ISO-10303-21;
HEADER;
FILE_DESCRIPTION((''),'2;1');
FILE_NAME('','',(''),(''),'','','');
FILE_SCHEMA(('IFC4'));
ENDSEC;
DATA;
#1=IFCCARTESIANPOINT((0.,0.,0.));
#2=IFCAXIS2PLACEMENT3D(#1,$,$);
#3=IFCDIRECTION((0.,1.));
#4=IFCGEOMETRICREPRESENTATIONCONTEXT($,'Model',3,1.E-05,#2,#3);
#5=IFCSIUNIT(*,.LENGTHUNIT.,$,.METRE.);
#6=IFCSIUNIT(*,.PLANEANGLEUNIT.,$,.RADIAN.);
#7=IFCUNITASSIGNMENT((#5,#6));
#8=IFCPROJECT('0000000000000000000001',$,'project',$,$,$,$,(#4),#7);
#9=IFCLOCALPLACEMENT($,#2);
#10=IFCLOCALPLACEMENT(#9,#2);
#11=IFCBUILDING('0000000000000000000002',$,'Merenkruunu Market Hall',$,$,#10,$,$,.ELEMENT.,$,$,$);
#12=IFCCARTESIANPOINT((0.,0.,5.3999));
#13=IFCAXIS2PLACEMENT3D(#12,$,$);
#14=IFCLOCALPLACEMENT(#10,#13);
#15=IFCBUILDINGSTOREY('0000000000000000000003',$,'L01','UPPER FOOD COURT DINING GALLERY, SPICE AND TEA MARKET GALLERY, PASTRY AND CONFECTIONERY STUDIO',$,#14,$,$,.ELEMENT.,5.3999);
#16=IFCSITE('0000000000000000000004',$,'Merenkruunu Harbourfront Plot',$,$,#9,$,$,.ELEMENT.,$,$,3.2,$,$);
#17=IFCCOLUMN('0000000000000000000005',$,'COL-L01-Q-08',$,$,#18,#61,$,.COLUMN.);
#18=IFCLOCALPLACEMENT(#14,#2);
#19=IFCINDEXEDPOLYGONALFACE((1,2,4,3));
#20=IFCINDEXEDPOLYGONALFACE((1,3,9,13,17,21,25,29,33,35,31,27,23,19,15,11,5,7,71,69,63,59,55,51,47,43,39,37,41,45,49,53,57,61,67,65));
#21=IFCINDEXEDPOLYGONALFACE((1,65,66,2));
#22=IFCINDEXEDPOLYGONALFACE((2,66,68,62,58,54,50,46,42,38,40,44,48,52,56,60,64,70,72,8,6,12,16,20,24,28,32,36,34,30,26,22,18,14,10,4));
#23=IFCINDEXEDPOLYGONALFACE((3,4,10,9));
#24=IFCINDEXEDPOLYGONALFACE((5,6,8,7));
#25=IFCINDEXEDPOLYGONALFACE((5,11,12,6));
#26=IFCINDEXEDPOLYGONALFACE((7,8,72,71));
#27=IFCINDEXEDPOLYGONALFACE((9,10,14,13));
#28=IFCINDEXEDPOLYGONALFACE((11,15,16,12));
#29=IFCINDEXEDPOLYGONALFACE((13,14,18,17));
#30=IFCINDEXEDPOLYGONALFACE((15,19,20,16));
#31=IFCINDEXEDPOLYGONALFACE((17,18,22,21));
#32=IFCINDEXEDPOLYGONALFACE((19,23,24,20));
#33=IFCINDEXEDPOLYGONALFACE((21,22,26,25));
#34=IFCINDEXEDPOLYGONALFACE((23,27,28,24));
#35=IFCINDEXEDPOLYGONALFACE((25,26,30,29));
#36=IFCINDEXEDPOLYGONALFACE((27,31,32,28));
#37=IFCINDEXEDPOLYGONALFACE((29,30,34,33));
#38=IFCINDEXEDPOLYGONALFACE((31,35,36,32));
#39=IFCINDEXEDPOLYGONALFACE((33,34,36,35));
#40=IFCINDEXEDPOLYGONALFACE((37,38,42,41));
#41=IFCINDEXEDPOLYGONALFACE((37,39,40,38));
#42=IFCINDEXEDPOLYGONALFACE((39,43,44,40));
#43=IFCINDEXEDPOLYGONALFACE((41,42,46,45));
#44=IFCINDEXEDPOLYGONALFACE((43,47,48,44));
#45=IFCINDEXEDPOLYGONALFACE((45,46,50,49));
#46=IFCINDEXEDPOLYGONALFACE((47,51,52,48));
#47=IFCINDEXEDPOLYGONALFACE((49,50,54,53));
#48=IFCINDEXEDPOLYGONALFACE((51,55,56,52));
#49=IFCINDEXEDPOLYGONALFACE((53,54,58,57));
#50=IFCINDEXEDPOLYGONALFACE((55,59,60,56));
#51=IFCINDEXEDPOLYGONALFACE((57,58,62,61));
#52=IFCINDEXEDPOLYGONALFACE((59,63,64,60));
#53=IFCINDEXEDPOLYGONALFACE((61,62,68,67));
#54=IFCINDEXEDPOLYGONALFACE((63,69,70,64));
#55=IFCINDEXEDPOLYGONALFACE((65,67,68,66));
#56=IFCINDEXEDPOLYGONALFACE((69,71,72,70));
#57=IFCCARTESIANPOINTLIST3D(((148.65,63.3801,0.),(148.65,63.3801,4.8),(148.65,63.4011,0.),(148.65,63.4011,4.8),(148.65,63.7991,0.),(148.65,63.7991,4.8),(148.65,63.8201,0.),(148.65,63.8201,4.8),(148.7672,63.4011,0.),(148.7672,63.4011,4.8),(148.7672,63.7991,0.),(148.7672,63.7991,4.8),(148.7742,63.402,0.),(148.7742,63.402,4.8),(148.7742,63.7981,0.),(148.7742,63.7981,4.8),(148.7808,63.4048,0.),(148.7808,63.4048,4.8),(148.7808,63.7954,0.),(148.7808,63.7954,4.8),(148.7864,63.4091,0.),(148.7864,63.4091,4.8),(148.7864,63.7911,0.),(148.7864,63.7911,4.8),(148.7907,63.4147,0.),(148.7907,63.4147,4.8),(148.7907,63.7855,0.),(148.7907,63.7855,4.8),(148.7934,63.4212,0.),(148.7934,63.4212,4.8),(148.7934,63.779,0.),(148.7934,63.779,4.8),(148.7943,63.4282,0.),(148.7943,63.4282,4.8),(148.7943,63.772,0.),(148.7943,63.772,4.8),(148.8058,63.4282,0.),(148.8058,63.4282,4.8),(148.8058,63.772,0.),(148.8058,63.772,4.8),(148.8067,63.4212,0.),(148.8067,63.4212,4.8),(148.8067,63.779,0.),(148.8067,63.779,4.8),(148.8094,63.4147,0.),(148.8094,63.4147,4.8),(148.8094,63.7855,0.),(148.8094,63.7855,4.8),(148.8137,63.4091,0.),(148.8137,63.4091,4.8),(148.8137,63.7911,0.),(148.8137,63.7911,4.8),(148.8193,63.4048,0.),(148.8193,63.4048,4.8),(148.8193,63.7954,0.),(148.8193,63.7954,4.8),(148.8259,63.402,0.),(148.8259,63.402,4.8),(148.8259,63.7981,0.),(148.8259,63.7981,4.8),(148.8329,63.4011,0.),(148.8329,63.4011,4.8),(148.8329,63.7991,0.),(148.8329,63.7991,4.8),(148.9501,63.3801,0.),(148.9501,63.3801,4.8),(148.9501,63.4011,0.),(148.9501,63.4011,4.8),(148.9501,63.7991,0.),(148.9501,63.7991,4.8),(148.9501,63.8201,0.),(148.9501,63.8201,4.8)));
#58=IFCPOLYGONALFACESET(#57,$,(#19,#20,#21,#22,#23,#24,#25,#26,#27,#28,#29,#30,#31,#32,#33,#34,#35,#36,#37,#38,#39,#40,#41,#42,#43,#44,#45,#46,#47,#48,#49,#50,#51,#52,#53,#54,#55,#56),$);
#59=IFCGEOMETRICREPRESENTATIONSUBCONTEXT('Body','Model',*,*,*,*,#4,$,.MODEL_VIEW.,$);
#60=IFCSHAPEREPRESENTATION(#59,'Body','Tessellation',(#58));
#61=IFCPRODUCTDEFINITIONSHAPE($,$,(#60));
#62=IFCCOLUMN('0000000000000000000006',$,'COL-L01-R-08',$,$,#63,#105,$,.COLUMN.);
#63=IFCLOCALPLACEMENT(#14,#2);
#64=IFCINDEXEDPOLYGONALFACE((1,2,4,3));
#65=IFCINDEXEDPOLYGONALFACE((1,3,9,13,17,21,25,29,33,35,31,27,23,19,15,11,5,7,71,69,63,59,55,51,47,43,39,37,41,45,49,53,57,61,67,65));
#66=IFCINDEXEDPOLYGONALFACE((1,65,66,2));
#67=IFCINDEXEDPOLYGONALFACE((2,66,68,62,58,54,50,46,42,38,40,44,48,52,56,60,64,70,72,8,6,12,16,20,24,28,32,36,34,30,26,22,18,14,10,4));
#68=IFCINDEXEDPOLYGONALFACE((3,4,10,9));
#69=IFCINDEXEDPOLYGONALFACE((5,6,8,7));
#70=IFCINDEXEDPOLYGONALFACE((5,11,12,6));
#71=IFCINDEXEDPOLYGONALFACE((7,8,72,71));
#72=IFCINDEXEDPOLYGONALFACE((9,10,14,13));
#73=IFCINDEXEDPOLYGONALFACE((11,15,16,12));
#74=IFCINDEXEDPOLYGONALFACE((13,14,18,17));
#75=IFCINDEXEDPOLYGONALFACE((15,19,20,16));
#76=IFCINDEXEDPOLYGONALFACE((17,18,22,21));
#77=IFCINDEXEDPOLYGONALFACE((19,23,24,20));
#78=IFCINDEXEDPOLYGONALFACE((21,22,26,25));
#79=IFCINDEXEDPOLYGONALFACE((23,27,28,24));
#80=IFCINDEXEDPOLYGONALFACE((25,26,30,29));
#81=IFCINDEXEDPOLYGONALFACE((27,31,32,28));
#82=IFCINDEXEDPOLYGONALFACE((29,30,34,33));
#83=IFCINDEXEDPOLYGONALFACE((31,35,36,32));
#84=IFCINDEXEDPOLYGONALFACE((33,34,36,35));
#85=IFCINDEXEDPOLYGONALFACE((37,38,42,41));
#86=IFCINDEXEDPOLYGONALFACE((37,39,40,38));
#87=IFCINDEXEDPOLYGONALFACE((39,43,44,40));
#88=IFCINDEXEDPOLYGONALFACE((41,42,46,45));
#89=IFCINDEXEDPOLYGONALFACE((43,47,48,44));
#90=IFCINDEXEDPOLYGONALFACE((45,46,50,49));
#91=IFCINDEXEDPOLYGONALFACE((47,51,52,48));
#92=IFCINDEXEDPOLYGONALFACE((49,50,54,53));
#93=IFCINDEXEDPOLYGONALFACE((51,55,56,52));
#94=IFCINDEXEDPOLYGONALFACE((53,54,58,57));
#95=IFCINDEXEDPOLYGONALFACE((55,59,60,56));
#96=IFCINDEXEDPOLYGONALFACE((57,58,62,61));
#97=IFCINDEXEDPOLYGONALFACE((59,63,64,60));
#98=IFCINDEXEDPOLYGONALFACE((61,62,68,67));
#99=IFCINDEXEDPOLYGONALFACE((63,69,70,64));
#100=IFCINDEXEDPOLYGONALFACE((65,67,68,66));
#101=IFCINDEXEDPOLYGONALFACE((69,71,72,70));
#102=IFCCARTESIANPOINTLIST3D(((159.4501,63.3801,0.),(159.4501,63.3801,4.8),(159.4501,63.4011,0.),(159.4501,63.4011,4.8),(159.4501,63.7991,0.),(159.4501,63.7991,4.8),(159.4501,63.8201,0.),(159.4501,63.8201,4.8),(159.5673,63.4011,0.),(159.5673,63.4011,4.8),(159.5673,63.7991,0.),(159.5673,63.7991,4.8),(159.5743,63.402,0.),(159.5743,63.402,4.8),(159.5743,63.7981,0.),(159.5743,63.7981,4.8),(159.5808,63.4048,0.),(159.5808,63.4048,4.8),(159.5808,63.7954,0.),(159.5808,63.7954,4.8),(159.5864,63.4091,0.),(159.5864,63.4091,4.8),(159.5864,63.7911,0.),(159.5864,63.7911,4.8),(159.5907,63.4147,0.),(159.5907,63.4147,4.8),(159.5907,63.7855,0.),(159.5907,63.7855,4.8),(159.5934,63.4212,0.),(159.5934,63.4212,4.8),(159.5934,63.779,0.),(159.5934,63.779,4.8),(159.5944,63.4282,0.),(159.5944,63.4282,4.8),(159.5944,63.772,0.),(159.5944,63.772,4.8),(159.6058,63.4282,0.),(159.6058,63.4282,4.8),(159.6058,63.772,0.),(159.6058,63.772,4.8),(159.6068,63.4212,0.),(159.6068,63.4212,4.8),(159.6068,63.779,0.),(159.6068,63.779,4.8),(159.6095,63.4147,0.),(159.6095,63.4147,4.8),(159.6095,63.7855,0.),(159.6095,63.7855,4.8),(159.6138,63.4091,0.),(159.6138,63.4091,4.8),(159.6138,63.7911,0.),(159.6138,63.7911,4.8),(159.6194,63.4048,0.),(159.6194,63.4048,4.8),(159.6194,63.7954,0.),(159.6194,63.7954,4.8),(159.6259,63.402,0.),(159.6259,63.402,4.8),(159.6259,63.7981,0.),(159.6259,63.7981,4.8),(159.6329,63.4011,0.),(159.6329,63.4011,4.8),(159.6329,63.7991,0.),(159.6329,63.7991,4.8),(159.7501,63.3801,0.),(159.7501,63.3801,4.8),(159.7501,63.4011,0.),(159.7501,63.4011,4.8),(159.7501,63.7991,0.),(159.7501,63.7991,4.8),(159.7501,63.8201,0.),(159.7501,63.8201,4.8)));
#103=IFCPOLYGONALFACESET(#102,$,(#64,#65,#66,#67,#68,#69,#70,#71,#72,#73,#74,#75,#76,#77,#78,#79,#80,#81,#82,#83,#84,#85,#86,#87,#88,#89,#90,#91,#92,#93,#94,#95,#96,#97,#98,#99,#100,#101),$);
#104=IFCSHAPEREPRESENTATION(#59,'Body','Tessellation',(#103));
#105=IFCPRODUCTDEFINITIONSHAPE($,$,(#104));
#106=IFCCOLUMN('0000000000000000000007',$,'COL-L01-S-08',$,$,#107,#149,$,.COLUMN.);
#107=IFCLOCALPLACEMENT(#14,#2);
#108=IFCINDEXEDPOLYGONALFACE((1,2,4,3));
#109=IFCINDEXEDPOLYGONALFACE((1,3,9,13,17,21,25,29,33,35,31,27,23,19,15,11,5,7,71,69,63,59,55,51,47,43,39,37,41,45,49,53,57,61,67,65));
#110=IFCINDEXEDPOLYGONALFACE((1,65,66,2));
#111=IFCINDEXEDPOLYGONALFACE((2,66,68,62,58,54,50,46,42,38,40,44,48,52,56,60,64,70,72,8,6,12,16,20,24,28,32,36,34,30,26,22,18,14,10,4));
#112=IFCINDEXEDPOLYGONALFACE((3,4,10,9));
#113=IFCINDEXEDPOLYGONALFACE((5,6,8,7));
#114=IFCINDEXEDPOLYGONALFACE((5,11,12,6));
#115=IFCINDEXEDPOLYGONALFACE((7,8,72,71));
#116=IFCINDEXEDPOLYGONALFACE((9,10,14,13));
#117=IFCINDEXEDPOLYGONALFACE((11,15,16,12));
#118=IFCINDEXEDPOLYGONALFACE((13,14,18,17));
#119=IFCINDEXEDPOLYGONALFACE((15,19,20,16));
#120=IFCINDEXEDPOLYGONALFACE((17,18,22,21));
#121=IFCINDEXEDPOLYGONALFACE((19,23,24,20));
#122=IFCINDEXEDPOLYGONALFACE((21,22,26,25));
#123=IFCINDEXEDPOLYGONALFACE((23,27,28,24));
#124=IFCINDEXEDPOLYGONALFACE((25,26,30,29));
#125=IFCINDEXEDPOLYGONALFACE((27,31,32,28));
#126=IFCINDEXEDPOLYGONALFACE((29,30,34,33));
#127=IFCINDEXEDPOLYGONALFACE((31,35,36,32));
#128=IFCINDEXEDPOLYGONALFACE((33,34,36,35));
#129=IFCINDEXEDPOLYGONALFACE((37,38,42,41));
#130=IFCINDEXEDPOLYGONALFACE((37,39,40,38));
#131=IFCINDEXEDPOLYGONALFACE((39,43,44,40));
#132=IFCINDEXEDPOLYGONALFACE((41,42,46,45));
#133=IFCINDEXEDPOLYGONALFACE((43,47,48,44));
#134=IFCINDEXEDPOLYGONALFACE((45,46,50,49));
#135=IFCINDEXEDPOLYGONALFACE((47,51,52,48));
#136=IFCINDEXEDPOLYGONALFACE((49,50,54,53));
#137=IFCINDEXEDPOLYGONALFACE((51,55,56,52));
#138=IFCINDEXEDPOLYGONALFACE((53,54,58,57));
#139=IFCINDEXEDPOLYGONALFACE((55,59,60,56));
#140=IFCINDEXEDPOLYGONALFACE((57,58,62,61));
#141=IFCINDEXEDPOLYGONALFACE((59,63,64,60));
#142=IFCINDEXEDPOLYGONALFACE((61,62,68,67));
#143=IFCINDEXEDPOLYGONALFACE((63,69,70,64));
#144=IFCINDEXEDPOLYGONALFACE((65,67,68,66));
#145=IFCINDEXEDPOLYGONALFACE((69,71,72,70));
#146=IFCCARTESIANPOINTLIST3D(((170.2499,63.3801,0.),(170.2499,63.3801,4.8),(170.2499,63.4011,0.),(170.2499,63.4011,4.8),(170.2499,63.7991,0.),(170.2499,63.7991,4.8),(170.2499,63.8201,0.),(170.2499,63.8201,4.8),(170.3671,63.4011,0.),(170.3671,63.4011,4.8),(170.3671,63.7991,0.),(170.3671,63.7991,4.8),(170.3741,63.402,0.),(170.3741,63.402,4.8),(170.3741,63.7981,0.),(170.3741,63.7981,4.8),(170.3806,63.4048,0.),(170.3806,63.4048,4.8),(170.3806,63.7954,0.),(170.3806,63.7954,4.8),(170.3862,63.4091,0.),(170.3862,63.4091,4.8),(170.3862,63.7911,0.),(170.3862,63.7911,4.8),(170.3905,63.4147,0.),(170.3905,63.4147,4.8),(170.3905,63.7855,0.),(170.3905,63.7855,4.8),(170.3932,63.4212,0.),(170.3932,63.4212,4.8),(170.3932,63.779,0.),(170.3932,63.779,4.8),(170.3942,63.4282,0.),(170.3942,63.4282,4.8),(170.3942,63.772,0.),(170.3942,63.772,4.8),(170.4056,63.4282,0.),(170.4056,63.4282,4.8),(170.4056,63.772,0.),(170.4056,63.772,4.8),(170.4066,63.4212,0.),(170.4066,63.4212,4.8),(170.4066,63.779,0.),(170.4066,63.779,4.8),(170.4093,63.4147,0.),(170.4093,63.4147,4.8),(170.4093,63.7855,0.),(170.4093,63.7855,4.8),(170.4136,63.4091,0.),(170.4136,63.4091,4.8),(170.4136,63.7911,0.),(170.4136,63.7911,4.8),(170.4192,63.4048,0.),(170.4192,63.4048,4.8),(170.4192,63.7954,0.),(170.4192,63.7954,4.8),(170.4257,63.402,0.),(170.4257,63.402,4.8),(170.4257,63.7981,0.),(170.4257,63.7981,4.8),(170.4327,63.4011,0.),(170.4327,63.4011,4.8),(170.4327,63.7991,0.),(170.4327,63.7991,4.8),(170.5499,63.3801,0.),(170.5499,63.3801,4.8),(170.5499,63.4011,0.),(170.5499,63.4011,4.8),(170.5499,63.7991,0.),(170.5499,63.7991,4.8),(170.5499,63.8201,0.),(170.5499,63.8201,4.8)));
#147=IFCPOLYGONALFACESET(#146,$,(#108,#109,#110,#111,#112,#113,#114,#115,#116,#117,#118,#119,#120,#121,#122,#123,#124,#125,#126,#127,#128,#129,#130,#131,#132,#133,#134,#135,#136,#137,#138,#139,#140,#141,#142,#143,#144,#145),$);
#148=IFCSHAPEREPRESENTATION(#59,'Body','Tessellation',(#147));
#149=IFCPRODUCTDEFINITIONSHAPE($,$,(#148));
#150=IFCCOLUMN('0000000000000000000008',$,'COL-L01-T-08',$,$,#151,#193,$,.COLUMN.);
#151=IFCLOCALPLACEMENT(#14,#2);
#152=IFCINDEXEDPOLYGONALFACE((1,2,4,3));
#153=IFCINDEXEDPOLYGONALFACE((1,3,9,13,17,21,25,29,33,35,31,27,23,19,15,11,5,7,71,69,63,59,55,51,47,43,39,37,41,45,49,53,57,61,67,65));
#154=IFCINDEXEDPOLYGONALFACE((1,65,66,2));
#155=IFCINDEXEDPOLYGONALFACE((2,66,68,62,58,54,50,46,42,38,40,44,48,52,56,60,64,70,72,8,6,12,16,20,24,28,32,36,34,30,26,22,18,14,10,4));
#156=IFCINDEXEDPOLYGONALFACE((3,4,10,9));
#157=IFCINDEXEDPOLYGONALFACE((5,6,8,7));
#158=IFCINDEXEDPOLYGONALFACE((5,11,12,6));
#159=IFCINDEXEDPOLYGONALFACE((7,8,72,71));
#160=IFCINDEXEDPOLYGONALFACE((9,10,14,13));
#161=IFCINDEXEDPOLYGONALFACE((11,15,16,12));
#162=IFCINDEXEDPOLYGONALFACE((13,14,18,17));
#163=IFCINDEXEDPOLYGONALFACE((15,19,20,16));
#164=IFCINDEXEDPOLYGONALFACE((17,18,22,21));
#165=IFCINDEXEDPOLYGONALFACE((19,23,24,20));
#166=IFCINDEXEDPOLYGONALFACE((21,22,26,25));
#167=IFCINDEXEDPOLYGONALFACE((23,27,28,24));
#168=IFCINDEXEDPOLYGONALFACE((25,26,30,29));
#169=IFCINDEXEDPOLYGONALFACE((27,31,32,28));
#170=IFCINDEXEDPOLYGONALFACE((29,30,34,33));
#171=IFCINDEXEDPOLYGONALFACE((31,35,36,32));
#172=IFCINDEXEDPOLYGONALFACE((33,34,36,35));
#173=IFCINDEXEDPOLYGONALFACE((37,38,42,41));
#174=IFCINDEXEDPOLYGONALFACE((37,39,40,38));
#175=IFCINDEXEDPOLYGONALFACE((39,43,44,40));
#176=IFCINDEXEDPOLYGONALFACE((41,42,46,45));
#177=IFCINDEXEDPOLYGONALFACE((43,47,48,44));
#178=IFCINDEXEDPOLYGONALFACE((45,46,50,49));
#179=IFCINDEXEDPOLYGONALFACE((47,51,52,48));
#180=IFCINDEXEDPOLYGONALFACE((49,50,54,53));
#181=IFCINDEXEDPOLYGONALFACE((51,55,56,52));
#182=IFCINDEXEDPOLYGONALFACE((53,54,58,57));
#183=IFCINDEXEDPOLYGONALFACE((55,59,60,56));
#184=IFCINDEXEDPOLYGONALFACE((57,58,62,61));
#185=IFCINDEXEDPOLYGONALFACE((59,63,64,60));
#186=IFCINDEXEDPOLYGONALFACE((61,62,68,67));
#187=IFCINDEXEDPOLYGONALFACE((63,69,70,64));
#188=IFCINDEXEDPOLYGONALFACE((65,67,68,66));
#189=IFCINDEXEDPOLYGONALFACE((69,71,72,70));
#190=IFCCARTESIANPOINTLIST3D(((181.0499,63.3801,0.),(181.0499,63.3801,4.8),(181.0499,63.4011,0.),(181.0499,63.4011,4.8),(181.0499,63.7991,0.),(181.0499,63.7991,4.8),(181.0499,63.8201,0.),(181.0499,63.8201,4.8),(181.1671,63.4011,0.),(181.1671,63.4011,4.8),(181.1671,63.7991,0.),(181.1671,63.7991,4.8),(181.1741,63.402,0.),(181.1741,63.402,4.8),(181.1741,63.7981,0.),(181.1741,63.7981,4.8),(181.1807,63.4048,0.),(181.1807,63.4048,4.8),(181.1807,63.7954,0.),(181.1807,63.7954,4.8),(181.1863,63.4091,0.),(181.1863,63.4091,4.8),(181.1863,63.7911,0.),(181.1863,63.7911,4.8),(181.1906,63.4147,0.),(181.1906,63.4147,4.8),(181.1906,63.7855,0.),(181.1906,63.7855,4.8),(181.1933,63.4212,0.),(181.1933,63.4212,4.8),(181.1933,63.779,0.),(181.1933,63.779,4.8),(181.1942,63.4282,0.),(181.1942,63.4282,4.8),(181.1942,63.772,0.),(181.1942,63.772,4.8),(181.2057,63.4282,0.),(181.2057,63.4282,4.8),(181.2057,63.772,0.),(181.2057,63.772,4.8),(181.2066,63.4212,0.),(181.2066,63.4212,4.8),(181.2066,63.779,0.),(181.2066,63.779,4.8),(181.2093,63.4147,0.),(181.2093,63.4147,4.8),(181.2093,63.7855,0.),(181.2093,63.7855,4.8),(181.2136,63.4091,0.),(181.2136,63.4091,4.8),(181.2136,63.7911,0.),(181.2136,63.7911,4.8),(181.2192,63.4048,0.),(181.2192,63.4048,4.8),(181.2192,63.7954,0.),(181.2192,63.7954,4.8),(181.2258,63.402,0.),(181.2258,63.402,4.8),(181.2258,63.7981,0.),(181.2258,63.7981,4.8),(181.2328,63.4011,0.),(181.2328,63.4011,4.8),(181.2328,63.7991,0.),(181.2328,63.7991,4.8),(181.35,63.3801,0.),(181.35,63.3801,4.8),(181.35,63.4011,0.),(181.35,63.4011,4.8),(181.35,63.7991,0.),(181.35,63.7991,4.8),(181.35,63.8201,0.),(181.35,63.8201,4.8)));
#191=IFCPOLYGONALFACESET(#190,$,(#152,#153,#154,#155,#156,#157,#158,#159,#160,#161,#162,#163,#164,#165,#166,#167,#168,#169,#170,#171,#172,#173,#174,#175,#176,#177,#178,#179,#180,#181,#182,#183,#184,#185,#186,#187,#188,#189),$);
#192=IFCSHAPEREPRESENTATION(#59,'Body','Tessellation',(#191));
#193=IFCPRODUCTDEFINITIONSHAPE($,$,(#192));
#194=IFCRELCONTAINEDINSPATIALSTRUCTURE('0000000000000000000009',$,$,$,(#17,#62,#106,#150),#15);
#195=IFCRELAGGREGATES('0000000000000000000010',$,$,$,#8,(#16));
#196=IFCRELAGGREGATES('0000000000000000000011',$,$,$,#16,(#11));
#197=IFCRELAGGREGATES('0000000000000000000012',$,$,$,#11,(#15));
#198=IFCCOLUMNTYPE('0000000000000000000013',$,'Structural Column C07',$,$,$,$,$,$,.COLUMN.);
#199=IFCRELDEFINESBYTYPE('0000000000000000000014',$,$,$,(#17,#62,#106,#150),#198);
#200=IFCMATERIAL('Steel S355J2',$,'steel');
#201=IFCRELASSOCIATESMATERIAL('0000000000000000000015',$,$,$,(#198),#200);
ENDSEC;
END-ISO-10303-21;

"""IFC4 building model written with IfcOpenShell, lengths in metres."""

from ifc_helpers import new_model, si_unit, direction, frame, origin, origin_2d, place, context, subcontext, project, spatial, i_section, extrude, material, material_profile, profile_set, type_object, element, save


model = new_model("IFC4")

# Units and contexts
model_context = context("Model", 3, precision=1e-05, world=origin(), true_north=direction((0.0, 1.0)))
body_context = subcontext(model_context, "Body", "Model", "MODEL_VIEW")
ifc_project = project(units=[si_unit("LENGTHUNIT", "METRE"), si_unit("PLANEANGLEUNIT", "RADIAN")], contexts=[model_context])

# Site, building, storey
site_placement = place(None, origin())
site = spatial("IfcSite", under=ifc_project, at=site_placement, Name="Merenkruunu Harbourfront Plot", CompositionType="ELEMENT", RefElevation=3.2)
building_placement = place(site_placement, origin())
building = spatial("IfcBuilding", under=site, at=building_placement, Name="Merenkruunu Market Hall", CompositionType="ELEMENT")
storey_placement = place(building_placement, frame((0.0, 0.0, 5.3999)))
storey = spatial("IfcBuildingStorey", under=building, at=storey_placement, Name="L01", Description="UPPER FOOD COURT DINING GALLERY, SPICE AND TEA MARKET GALLERY, PASTRY AND CONFECTIONERY STUDIO", CompositionType="ELEMENT", Elevation=5.3999)

# Columns
ifc_material_1 = material(Name="Steel S355J2", Category="steel")
ifc_material_profile_1 = material_profile(ifc_material_1, i_section(OverallWidth=0.3, OverallDepth=0.4399, WebThickness=0.0115, FlangeThickness=0.021, FilletRadius=0.0271, at=origin_2d()), Name="HEA 450")
ifc_profile_set_1 = profile_set([ifc_material_profile_1], Name="Steel S355J2")
column_type = type_object("IfcColumnType", Name="Structural Column C07", PredefinedType="COLUMN", material=ifc_profile_set_1)
for number, where, z_axis, x_axis, name in (
    (1, (148.8, 63.6001, 0.0), (0.0, 0.0, 1.0), (1.0, 0.0, 0.0), "COL-L01-Q-08"),
    (2, (159.6001, 63.6001, 0.0), (0.0, 0.0, 1.0), (1.0, 0.0, 0.0), "COL-L01-R-08"),
    (3, (170.3999, 63.6001, 0.0), (0.0, 0.0, 1.0), (1.0, 0.0, 0.0), "COL-L01-S-08"),
    (4, (181.2, 63.6001, 0.0), (0.0, 0.0, 1.0), (1.0, 0.0, 0.0), "COL-L01-T-08"),
):
    element("IfcColumn", number, at=place(storey_placement, frame(where, z_axis=z_axis, x_axis=x_axis)), inside=storey, type_object=column_type, Name=name, PredefinedType="COLUMN", context=body_context, shape_type="SweptSolid", body=[
        extrude(i_section(OverallWidth=0.3, OverallDepth=0.4399, WebThickness=0.0115, FlangeThickness=0.021, FilletRadius=0.0271, at=origin_2d()), origin(), (0.0, 0.0, 1.0), 4.8),
    ])

save(model, "model.ifc")
